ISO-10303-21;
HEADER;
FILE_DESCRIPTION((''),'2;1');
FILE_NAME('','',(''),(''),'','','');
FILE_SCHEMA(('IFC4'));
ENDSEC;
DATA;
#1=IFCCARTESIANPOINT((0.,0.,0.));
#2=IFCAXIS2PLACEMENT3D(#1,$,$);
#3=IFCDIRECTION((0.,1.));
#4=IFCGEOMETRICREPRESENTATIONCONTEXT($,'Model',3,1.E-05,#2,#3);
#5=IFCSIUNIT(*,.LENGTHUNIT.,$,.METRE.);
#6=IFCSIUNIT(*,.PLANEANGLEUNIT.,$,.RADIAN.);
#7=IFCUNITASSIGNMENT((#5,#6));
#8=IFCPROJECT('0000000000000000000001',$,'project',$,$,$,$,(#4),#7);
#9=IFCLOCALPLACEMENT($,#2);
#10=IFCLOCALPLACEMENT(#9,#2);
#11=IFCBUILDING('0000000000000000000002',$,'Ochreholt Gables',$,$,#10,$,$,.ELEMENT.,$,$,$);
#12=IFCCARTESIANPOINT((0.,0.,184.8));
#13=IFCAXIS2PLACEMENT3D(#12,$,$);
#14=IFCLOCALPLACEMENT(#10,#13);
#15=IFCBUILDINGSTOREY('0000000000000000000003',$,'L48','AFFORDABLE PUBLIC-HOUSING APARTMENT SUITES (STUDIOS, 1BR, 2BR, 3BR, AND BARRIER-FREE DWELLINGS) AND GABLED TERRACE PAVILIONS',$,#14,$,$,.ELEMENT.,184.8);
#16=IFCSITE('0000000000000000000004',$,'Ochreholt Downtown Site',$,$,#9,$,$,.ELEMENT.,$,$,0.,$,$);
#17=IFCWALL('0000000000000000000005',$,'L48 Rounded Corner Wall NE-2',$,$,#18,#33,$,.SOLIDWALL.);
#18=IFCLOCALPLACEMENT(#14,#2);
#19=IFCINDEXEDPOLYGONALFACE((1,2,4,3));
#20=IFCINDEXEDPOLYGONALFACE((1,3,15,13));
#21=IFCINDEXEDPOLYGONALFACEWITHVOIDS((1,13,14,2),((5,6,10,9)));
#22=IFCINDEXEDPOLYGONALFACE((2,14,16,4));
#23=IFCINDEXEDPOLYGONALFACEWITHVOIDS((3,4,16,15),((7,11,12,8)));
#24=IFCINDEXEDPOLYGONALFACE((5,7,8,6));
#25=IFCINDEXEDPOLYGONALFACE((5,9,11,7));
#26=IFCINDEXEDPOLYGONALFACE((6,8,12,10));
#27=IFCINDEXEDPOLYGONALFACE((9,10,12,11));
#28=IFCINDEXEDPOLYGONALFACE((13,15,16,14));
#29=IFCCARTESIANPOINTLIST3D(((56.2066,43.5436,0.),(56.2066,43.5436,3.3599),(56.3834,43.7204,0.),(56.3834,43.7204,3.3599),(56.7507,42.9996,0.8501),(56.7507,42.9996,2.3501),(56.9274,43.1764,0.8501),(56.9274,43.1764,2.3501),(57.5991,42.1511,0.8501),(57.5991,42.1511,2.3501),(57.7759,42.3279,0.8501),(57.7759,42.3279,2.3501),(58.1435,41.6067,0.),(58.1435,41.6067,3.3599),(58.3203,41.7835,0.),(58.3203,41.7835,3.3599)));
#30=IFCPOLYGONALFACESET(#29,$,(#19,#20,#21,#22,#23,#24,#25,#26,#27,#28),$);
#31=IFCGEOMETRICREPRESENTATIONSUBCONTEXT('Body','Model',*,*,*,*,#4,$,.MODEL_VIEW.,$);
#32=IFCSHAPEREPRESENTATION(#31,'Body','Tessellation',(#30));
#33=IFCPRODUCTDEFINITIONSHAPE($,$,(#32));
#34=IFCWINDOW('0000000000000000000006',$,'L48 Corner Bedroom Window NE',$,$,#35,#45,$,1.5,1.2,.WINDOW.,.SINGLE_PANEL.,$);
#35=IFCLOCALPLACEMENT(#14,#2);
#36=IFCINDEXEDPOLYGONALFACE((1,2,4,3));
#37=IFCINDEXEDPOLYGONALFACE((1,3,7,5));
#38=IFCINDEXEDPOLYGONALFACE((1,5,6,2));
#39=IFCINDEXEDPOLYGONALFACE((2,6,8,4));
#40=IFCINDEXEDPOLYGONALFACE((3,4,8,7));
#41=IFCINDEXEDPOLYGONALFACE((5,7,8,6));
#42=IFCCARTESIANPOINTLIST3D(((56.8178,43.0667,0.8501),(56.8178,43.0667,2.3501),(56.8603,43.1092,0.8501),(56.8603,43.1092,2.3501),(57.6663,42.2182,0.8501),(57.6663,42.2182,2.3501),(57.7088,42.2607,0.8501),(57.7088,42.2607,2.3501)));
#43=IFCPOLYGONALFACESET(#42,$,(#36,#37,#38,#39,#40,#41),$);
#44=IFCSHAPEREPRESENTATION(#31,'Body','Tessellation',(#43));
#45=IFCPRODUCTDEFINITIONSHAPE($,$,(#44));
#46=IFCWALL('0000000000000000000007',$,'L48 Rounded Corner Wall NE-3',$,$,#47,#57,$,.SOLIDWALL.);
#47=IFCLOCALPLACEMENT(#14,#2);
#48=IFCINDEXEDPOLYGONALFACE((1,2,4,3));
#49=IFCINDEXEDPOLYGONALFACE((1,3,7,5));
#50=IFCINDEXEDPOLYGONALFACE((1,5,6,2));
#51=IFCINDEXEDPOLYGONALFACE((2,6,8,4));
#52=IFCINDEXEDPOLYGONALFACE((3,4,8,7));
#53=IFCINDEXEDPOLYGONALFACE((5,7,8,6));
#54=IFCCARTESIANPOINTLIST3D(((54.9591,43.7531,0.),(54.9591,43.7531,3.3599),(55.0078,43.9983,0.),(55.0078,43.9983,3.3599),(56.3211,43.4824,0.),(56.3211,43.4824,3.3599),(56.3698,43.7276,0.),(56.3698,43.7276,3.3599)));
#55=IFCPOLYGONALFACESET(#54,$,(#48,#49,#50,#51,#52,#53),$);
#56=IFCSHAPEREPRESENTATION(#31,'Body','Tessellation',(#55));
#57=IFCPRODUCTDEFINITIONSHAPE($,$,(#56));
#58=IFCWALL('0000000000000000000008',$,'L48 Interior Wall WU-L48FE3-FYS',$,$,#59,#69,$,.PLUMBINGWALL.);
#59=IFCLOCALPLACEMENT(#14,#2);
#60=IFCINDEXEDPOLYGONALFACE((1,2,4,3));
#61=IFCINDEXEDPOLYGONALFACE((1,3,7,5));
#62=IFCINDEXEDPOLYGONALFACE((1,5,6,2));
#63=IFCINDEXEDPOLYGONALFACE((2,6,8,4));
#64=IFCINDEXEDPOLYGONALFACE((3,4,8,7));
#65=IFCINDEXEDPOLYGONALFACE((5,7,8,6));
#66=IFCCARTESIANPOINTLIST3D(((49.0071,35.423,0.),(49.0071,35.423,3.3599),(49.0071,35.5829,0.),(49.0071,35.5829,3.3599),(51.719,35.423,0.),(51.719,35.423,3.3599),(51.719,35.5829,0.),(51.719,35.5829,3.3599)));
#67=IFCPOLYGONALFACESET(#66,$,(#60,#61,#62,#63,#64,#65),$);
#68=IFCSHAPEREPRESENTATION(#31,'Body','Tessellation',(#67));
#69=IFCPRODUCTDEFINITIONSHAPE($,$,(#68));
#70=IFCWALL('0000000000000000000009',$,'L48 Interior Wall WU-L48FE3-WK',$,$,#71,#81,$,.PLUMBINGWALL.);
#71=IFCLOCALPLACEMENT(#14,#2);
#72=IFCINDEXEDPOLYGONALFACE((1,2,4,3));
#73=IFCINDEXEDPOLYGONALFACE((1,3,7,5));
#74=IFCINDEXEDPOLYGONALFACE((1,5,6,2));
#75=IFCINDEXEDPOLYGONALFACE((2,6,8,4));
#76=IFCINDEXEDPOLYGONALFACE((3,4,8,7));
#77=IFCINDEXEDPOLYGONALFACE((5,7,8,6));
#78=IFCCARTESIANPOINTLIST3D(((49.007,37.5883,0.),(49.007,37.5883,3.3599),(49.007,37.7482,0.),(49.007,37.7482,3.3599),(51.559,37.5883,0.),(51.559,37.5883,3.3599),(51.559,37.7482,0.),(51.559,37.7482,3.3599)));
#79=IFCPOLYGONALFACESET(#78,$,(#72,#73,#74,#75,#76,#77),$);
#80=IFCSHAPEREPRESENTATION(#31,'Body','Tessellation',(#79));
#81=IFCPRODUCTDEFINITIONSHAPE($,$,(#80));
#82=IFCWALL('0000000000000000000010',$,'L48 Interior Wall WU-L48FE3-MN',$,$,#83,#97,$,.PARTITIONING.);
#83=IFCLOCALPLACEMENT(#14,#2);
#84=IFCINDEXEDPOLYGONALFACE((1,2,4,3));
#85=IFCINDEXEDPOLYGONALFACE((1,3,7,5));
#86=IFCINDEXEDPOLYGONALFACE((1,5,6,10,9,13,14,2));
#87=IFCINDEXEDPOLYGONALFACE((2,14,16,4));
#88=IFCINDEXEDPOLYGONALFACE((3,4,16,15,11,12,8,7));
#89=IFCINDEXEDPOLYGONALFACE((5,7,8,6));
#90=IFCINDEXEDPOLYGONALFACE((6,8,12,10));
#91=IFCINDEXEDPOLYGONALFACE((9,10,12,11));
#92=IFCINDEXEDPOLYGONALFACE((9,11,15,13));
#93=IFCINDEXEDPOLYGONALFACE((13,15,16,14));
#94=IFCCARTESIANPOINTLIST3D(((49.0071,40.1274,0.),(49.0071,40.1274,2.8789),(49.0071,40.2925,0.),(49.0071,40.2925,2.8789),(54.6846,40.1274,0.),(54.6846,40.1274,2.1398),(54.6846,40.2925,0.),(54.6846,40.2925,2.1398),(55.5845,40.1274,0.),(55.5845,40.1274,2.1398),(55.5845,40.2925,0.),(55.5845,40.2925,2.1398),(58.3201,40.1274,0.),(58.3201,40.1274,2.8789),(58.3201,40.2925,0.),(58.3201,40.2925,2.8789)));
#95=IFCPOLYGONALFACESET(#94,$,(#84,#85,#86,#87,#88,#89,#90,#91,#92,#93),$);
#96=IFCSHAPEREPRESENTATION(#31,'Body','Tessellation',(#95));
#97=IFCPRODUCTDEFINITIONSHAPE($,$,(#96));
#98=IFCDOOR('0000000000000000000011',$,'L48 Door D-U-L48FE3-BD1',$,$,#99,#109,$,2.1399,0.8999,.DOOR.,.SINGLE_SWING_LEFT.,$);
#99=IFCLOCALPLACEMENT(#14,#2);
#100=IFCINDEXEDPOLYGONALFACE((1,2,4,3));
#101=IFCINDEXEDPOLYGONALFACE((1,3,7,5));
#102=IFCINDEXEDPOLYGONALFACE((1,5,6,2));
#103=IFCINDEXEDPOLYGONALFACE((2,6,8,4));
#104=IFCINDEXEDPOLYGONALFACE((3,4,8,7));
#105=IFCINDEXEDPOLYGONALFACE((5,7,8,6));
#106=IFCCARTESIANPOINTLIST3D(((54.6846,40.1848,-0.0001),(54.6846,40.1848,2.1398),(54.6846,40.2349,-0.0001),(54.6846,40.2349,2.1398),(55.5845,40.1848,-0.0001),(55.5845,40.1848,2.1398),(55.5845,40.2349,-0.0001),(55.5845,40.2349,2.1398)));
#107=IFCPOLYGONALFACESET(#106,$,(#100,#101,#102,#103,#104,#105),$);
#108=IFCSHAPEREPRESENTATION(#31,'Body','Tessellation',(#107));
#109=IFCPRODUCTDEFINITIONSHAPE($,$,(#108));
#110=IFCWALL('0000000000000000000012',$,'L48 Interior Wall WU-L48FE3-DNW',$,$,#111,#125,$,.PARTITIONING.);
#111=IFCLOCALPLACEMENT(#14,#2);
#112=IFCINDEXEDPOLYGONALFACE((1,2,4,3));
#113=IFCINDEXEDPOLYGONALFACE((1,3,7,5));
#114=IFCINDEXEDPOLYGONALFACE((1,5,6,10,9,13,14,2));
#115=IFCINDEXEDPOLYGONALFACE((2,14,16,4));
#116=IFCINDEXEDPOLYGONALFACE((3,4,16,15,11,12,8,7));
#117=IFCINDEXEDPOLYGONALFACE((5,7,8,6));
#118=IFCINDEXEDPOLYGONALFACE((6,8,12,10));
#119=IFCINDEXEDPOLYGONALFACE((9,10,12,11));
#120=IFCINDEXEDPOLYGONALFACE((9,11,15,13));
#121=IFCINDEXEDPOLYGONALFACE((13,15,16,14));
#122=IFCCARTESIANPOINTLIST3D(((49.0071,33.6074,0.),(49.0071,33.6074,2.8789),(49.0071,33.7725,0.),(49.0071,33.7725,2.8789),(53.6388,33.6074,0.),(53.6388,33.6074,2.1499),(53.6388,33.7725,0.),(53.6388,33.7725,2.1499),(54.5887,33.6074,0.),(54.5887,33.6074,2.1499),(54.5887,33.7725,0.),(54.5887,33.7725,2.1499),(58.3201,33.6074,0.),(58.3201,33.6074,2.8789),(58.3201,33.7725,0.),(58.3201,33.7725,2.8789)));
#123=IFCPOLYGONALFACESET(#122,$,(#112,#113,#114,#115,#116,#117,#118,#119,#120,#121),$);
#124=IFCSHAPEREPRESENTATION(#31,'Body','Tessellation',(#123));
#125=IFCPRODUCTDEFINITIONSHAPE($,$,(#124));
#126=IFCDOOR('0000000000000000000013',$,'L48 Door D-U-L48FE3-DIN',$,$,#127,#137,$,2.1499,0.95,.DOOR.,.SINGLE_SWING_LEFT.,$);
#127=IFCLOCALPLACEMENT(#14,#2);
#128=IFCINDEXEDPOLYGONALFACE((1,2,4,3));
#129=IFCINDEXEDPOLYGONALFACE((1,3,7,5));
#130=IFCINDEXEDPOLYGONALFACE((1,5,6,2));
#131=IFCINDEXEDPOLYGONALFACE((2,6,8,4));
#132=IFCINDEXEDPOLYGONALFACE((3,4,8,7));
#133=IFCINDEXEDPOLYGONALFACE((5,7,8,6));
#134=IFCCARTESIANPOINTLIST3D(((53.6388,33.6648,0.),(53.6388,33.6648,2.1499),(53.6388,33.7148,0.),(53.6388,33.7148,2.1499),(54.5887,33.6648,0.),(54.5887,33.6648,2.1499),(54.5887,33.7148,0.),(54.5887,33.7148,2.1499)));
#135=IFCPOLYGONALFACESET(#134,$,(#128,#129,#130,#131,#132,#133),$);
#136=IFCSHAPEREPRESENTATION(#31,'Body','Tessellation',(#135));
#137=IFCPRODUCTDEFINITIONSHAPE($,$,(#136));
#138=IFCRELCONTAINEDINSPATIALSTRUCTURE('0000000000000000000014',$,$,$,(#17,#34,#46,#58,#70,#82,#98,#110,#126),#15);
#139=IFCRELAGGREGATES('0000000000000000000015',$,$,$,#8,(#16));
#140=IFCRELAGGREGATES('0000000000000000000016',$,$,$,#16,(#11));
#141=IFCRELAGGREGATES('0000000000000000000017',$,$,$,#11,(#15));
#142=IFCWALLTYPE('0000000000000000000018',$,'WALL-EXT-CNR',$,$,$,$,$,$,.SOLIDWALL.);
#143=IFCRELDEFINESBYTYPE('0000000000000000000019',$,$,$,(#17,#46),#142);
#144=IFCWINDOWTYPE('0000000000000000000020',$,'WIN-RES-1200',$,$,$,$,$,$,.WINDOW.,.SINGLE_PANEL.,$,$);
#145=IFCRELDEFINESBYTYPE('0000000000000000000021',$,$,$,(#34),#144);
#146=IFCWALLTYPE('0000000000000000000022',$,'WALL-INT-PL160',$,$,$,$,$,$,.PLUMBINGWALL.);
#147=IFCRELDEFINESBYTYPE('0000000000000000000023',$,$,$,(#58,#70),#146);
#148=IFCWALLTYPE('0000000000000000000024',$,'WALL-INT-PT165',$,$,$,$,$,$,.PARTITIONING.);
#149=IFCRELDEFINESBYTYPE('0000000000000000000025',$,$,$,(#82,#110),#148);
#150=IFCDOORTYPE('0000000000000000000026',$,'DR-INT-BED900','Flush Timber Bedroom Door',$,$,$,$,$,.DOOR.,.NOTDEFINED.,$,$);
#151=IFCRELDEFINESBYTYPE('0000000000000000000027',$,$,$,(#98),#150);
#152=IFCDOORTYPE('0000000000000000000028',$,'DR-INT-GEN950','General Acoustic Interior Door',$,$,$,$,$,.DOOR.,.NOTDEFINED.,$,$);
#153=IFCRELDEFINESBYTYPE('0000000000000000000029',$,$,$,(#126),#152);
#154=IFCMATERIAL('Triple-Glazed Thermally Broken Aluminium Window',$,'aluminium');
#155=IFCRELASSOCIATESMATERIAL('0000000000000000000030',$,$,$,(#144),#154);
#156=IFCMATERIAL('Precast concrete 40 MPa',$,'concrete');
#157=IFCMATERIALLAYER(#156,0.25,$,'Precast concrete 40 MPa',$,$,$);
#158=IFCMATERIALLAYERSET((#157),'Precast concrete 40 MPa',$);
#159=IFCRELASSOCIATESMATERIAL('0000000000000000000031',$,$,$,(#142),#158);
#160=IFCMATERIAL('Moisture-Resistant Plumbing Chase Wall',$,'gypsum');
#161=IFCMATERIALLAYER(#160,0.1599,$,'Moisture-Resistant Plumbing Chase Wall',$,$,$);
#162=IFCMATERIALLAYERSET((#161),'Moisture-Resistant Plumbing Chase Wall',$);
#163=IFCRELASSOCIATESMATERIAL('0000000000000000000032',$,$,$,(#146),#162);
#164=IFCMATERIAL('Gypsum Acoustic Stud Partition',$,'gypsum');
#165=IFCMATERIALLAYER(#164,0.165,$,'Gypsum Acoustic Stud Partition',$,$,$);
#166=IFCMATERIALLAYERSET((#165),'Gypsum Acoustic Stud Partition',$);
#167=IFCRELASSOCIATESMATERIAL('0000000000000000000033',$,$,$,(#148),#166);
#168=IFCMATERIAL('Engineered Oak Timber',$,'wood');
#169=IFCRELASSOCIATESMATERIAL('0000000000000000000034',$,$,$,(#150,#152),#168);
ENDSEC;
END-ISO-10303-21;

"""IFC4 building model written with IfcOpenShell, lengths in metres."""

from ifc_helpers import new_model, si_unit, direction, frame, frame_2d, origin, place, context, subcontext, project, spatial, rectangle, extrude, material, layer, layer_set, type_object, element, fill, save


model = new_model("IFC4")

# Units and contexts
model_context = context("Model", 3, precision=1e-05, world=origin(), true_north=direction((0.0, 1.0)))
body_context = subcontext(model_context, "Body", "Model", "MODEL_VIEW")
ifc_project = project(units=[si_unit("LENGTHUNIT", "METRE"), si_unit("PLANEANGLEUNIT", "RADIAN")], contexts=[model_context])

# Site, building, storey
site_placement = place(None, origin())
site = spatial("IfcSite", under=ifc_project, at=site_placement, Name="Ochreholt Downtown Site", CompositionType="ELEMENT", RefElevation=0.0)
building_placement = place(site_placement, origin())
building = spatial("IfcBuilding", under=site, at=building_placement, Name="Ochreholt Gables", CompositionType="ELEMENT")
storey_placement = place(building_placement, frame((0.0, 0.0, 184.8)))
storey = spatial("IfcBuildingStorey", under=building, at=storey_placement, Name="L48", Description="AFFORDABLE PUBLIC-HOUSING APARTMENT SUITES (STUDIOS, 1BR, 2BR, 3BR, AND BARRIER-FREE DWELLINGS) AND GABLED TERRACE PAVILIONS", CompositionType="ELEMENT", Elevation=184.8)

# Shared definitions
ifc_material_1 = material(Name="Precast concrete 40 MPa", Category="concrete")
ifc_material_2 = material(Name="Triple-Glazed Thermally Broken Aluminium Window", Category="aluminium")
window_type_1 = type_object("IfcWindowType", Name="WIN-RES-1200", PartitioningType="SINGLE_PANEL", PredefinedType="WINDOW", material=ifc_material_2)

# Shared definitions
ifc_layer_1 = layer(ifc_material_1, 0.25, Name="Precast concrete 40 MPa")
ifc_layer_set_1 = layer_set([ifc_layer_1], Name="Precast concrete 40 MPa")
wall_type_1 = type_object("IfcWallType", Name="WALL-EXT-CNR", PredefinedType="SOLIDWALL", material=ifc_layer_set_1)

# Wall, opening, window
wall_1_placement = place(storey_placement, frame((58.2319, 41.6951, 0.0), z_axis=(0.0, 0.0, 1.0), x_axis=(-0.707107, 0.707107, 0.0)))
wall_1 = element("IfcWall", 1, at=wall_1_placement, inside=storey, type_object=wall_type_1, Name="L48 Rounded Corner Wall NE-2", PredefinedType="SOLIDWALL", context=body_context, shape_type="SweptSolid", body=[
    extrude(rectangle(XDim=2.7393, YDim=0.25, at=frame_2d((1.3696, 0.0))), origin(), (0.0, 0.0, 1.0), 3.3599),
])
opening_1_placement = place(wall_1_placement, frame((0.7698, 0.0, 0.8501)))
opening_1 = element("IfcOpeningElement", 2, at=opening_1_placement, cuts=wall_1, PredefinedType="OPENING", context=body_context, shape_type="SweptSolid", body=[
    extrude(rectangle(XDim=1.2, YDim=1.5, at=frame_2d((0.6001, 0.75))), frame((0.0, 0.135, 0.0), z_axis=(0.0, -1.0, 0.0), x_axis=(1.0, 0.0, 0.0)), (0.0, 0.0, 1.0), 0.27),
])
window_1_placement = place(opening_1_placement, origin())
window_1 = element("IfcWindow", 3, at=window_1_placement, inside=storey, type_object=window_type_1, Name="L48 Corner Bedroom Window NE", OverallHeight=1.5, OverallWidth=1.2, PartitioningType="SINGLE_PANEL", PredefinedType="WINDOW", context=body_context, shape_type="SweptSolid", body=[
    extrude(rectangle(XDim=1.2, YDim=1.5, at=frame_2d((0.6001, 0.75))), frame((0.0, 0.03, 0.0), z_axis=(0.0, -1.0, 0.0), x_axis=(1.0, 0.0, 0.0)), (0.0, 0.0, 1.0), 0.0601),
])
fill(opening_1, window_1)

# Walls
wall_2_placement = place(storey_placement, frame((56.3455, 43.605, 0.0), z_axis=(0.0, 0.0, 1.0), x_axis=(-0.98081, 0.194967, 0.0)))
element("IfcWall", 4, at=wall_2_placement, inside=storey, type_object=wall_type_1, Name="L48 Rounded Corner Wall NE-3", PredefinedType="SOLIDWALL", context=body_context, shape_type="SweptSolid", body=[
    extrude(rectangle(XDim=1.3887, YDim=0.25, at=frame_2d((0.6943, 0.0))), origin(), (0.0, 0.0, 1.0), 3.3599),
])
ifc_material_3 = material(Name="Moisture-Resistant Plumbing Chase Wall", Category="gypsum")
ifc_layer_2 = layer(ifc_material_3, 0.1599, Name="Moisture-Resistant Plumbing Chase Wall")
ifc_layer_set_2 = layer_set([ifc_layer_2], Name="Moisture-Resistant Plumbing Chase Wall")
wall_type_2 = type_object("IfcWallType", Name="WALL-INT-PL160", PredefinedType="PLUMBINGWALL", material=ifc_layer_set_2)
wall_3_placement = place(storey_placement, frame((49.0071, 35.5029, 0.0), z_axis=(0.0, 0.0, 1.0), x_axis=(1.0, 0.0, 0.0)))
element("IfcWall", 5, at=wall_3_placement, inside=storey, type_object=wall_type_2, Name="L48 Interior Wall WU-L48FE3-FYS", PredefinedType="PLUMBINGWALL", context=body_context, shape_type="SweptSolid", body=[
    extrude(rectangle(XDim=2.7119, YDim=0.1599, at=frame_2d((1.356, 0.0))), origin(), (0.0, 0.0, 1.0), 3.3599),
])

# Shared definitions
ifc_material_4 = material(Name="Engineered Oak Timber", Category="wood")

# Wall
wall_4_placement = place(storey_placement, frame((49.0071, 37.6682, 0.0), z_axis=(0.0, 0.0, 1.0), x_axis=(1.0, 0.0, 0.0)))
element("IfcWall", 6, at=wall_4_placement, inside=storey, type_object=wall_type_2, Name="L48 Interior Wall WU-L48FE3-WK", PredefinedType="PLUMBINGWALL", context=body_context, shape_type="SweptSolid", body=[
    extrude(rectangle(XDim=2.552, YDim=0.1599, at=frame_2d((1.2759, 0.0))), origin(), (0.0, 0.0, 1.0), 3.3599),
])

# Walls, openings, doors
ifc_material_5 = material(Name="Gypsum Acoustic Stud Partition", Category="gypsum")
ifc_layer_3 = layer(ifc_material_5, 0.165, Name="Gypsum Acoustic Stud Partition")
ifc_layer_set_3 = layer_set([ifc_layer_3], Name="Gypsum Acoustic Stud Partition")
wall_type_3 = type_object("IfcWallType", Name="WALL-INT-PT165", PredefinedType="PARTITIONING", material=ifc_layer_set_3)
wall_5_placement = place(storey_placement, frame((49.0071, 40.21, 0.0), z_axis=(0.0, 0.0, 1.0), x_axis=(1.0, 0.0, 0.0)))
wall_5 = element("IfcWall", 7, at=wall_5_placement, inside=storey, type_object=wall_type_3, Name="L48 Interior Wall WU-L48FE3-MN", PredefinedType="PARTITIONING", context=body_context, shape_type="SweptSolid", body=[
    extrude(rectangle(XDim=9.313, YDim=0.165, at=frame_2d((4.6565, 0.0))), origin(), (0.0, 0.0, 1.0), 2.8789),
])
opening_2_placement = place(wall_5_placement, frame((5.6775, 0.0, 0.0)))
opening_2 = element("IfcOpeningElement", 8, at=opening_2_placement, cuts=wall_5, PredefinedType="OPENING", context=body_context, shape_type="SweptSolid", body=[
    extrude(rectangle(XDim=0.8999, YDim=2.1399, at=frame_2d((0.45, 1.0698))), frame((0.0, 0.0925, 0.0), z_axis=(0.0, -1.0, 0.0), x_axis=(1.0, 0.0, 0.0)), (0.0, 0.0, 1.0), 0.1851),
])
door_type_1 = type_object("IfcDoorType", Name="DR-INT-BED900", Description="Flush Timber Bedroom Door", OperationType="NOTDEFINED", PredefinedType="DOOR", material=ifc_material_4)
door_1_placement = place(opening_2_placement, origin())
door_1 = element("IfcDoor", 9, at=door_1_placement, inside=storey, type_object=door_type_1, Name="L48 Door D-U-L48FE3-BD1", OperationType="SINGLE_SWING_LEFT", OverallHeight=2.1399, OverallWidth=0.8999, PredefinedType="DOOR", context=body_context, shape_type="SweptSolid", body=[
    extrude(rectangle(XDim=0.8999, YDim=2.1399, at=frame_2d((0.45, 1.0698))), frame((0.0, 0.0249, 0.0), z_axis=(0.0, -1.0, 0.0), x_axis=(1.0, 0.0, 0.0)), (0.0, 0.0, 1.0), 0.05),
])
fill(opening_2, door_1)
wall_6_placement = place(storey_placement, frame((49.0071, 33.6899, 0.0), z_axis=(0.0, 0.0, 1.0), x_axis=(1.0, 0.0, 0.0)))
wall_6 = element("IfcWall", 10, at=wall_6_placement, inside=storey, type_object=wall_type_3, Name="L48 Interior Wall WU-L48FE3-DNW", PredefinedType="PARTITIONING", context=body_context, shape_type="SweptSolid", body=[
    extrude(rectangle(XDim=9.313, YDim=0.165, at=frame_2d((4.6565, 0.0))), origin(), (0.0, 0.0, 1.0), 2.8789),
])
opening_3_placement = place(wall_6_placement, frame((4.6316, 0.0, 0.0)))
opening_3 = element("IfcOpeningElement", 11, at=opening_3_placement, cuts=wall_6, PredefinedType="OPENING", context=body_context, shape_type="SweptSolid", body=[
    extrude(rectangle(XDim=0.95, YDim=2.1499, at=frame_2d((0.4751, 1.075))), frame((0.0, 0.0925, 0.0), z_axis=(0.0, -1.0, 0.0), x_axis=(1.0, 0.0, 0.0)), (0.0, 0.0, 1.0), 0.1851),
])
door_type_2 = type_object("IfcDoorType", Name="DR-INT-GEN950", Description="General Acoustic Interior Door", OperationType="NOTDEFINED", PredefinedType="DOOR", material=ifc_material_4)
door_2_placement = place(opening_3_placement, origin())
door_2 = element("IfcDoor", 12, at=door_2_placement, inside=storey, type_object=door_type_2, Name="L48 Door D-U-L48FE3-DIN", OperationType="SINGLE_SWING_LEFT", OverallHeight=2.1499, OverallWidth=0.95, PredefinedType="DOOR", context=body_context, shape_type="SweptSolid", body=[
    extrude(rectangle(XDim=0.95, YDim=2.1499, at=frame_2d((0.4751, 1.075))), frame((0.0, 0.0249, 0.0), z_axis=(0.0, -1.0, 0.0), x_axis=(1.0, 0.0, 0.0)), (0.0, 0.0, 1.0), 0.05),
])
fill(opening_3, door_2)

save(model, "model.ifc")
